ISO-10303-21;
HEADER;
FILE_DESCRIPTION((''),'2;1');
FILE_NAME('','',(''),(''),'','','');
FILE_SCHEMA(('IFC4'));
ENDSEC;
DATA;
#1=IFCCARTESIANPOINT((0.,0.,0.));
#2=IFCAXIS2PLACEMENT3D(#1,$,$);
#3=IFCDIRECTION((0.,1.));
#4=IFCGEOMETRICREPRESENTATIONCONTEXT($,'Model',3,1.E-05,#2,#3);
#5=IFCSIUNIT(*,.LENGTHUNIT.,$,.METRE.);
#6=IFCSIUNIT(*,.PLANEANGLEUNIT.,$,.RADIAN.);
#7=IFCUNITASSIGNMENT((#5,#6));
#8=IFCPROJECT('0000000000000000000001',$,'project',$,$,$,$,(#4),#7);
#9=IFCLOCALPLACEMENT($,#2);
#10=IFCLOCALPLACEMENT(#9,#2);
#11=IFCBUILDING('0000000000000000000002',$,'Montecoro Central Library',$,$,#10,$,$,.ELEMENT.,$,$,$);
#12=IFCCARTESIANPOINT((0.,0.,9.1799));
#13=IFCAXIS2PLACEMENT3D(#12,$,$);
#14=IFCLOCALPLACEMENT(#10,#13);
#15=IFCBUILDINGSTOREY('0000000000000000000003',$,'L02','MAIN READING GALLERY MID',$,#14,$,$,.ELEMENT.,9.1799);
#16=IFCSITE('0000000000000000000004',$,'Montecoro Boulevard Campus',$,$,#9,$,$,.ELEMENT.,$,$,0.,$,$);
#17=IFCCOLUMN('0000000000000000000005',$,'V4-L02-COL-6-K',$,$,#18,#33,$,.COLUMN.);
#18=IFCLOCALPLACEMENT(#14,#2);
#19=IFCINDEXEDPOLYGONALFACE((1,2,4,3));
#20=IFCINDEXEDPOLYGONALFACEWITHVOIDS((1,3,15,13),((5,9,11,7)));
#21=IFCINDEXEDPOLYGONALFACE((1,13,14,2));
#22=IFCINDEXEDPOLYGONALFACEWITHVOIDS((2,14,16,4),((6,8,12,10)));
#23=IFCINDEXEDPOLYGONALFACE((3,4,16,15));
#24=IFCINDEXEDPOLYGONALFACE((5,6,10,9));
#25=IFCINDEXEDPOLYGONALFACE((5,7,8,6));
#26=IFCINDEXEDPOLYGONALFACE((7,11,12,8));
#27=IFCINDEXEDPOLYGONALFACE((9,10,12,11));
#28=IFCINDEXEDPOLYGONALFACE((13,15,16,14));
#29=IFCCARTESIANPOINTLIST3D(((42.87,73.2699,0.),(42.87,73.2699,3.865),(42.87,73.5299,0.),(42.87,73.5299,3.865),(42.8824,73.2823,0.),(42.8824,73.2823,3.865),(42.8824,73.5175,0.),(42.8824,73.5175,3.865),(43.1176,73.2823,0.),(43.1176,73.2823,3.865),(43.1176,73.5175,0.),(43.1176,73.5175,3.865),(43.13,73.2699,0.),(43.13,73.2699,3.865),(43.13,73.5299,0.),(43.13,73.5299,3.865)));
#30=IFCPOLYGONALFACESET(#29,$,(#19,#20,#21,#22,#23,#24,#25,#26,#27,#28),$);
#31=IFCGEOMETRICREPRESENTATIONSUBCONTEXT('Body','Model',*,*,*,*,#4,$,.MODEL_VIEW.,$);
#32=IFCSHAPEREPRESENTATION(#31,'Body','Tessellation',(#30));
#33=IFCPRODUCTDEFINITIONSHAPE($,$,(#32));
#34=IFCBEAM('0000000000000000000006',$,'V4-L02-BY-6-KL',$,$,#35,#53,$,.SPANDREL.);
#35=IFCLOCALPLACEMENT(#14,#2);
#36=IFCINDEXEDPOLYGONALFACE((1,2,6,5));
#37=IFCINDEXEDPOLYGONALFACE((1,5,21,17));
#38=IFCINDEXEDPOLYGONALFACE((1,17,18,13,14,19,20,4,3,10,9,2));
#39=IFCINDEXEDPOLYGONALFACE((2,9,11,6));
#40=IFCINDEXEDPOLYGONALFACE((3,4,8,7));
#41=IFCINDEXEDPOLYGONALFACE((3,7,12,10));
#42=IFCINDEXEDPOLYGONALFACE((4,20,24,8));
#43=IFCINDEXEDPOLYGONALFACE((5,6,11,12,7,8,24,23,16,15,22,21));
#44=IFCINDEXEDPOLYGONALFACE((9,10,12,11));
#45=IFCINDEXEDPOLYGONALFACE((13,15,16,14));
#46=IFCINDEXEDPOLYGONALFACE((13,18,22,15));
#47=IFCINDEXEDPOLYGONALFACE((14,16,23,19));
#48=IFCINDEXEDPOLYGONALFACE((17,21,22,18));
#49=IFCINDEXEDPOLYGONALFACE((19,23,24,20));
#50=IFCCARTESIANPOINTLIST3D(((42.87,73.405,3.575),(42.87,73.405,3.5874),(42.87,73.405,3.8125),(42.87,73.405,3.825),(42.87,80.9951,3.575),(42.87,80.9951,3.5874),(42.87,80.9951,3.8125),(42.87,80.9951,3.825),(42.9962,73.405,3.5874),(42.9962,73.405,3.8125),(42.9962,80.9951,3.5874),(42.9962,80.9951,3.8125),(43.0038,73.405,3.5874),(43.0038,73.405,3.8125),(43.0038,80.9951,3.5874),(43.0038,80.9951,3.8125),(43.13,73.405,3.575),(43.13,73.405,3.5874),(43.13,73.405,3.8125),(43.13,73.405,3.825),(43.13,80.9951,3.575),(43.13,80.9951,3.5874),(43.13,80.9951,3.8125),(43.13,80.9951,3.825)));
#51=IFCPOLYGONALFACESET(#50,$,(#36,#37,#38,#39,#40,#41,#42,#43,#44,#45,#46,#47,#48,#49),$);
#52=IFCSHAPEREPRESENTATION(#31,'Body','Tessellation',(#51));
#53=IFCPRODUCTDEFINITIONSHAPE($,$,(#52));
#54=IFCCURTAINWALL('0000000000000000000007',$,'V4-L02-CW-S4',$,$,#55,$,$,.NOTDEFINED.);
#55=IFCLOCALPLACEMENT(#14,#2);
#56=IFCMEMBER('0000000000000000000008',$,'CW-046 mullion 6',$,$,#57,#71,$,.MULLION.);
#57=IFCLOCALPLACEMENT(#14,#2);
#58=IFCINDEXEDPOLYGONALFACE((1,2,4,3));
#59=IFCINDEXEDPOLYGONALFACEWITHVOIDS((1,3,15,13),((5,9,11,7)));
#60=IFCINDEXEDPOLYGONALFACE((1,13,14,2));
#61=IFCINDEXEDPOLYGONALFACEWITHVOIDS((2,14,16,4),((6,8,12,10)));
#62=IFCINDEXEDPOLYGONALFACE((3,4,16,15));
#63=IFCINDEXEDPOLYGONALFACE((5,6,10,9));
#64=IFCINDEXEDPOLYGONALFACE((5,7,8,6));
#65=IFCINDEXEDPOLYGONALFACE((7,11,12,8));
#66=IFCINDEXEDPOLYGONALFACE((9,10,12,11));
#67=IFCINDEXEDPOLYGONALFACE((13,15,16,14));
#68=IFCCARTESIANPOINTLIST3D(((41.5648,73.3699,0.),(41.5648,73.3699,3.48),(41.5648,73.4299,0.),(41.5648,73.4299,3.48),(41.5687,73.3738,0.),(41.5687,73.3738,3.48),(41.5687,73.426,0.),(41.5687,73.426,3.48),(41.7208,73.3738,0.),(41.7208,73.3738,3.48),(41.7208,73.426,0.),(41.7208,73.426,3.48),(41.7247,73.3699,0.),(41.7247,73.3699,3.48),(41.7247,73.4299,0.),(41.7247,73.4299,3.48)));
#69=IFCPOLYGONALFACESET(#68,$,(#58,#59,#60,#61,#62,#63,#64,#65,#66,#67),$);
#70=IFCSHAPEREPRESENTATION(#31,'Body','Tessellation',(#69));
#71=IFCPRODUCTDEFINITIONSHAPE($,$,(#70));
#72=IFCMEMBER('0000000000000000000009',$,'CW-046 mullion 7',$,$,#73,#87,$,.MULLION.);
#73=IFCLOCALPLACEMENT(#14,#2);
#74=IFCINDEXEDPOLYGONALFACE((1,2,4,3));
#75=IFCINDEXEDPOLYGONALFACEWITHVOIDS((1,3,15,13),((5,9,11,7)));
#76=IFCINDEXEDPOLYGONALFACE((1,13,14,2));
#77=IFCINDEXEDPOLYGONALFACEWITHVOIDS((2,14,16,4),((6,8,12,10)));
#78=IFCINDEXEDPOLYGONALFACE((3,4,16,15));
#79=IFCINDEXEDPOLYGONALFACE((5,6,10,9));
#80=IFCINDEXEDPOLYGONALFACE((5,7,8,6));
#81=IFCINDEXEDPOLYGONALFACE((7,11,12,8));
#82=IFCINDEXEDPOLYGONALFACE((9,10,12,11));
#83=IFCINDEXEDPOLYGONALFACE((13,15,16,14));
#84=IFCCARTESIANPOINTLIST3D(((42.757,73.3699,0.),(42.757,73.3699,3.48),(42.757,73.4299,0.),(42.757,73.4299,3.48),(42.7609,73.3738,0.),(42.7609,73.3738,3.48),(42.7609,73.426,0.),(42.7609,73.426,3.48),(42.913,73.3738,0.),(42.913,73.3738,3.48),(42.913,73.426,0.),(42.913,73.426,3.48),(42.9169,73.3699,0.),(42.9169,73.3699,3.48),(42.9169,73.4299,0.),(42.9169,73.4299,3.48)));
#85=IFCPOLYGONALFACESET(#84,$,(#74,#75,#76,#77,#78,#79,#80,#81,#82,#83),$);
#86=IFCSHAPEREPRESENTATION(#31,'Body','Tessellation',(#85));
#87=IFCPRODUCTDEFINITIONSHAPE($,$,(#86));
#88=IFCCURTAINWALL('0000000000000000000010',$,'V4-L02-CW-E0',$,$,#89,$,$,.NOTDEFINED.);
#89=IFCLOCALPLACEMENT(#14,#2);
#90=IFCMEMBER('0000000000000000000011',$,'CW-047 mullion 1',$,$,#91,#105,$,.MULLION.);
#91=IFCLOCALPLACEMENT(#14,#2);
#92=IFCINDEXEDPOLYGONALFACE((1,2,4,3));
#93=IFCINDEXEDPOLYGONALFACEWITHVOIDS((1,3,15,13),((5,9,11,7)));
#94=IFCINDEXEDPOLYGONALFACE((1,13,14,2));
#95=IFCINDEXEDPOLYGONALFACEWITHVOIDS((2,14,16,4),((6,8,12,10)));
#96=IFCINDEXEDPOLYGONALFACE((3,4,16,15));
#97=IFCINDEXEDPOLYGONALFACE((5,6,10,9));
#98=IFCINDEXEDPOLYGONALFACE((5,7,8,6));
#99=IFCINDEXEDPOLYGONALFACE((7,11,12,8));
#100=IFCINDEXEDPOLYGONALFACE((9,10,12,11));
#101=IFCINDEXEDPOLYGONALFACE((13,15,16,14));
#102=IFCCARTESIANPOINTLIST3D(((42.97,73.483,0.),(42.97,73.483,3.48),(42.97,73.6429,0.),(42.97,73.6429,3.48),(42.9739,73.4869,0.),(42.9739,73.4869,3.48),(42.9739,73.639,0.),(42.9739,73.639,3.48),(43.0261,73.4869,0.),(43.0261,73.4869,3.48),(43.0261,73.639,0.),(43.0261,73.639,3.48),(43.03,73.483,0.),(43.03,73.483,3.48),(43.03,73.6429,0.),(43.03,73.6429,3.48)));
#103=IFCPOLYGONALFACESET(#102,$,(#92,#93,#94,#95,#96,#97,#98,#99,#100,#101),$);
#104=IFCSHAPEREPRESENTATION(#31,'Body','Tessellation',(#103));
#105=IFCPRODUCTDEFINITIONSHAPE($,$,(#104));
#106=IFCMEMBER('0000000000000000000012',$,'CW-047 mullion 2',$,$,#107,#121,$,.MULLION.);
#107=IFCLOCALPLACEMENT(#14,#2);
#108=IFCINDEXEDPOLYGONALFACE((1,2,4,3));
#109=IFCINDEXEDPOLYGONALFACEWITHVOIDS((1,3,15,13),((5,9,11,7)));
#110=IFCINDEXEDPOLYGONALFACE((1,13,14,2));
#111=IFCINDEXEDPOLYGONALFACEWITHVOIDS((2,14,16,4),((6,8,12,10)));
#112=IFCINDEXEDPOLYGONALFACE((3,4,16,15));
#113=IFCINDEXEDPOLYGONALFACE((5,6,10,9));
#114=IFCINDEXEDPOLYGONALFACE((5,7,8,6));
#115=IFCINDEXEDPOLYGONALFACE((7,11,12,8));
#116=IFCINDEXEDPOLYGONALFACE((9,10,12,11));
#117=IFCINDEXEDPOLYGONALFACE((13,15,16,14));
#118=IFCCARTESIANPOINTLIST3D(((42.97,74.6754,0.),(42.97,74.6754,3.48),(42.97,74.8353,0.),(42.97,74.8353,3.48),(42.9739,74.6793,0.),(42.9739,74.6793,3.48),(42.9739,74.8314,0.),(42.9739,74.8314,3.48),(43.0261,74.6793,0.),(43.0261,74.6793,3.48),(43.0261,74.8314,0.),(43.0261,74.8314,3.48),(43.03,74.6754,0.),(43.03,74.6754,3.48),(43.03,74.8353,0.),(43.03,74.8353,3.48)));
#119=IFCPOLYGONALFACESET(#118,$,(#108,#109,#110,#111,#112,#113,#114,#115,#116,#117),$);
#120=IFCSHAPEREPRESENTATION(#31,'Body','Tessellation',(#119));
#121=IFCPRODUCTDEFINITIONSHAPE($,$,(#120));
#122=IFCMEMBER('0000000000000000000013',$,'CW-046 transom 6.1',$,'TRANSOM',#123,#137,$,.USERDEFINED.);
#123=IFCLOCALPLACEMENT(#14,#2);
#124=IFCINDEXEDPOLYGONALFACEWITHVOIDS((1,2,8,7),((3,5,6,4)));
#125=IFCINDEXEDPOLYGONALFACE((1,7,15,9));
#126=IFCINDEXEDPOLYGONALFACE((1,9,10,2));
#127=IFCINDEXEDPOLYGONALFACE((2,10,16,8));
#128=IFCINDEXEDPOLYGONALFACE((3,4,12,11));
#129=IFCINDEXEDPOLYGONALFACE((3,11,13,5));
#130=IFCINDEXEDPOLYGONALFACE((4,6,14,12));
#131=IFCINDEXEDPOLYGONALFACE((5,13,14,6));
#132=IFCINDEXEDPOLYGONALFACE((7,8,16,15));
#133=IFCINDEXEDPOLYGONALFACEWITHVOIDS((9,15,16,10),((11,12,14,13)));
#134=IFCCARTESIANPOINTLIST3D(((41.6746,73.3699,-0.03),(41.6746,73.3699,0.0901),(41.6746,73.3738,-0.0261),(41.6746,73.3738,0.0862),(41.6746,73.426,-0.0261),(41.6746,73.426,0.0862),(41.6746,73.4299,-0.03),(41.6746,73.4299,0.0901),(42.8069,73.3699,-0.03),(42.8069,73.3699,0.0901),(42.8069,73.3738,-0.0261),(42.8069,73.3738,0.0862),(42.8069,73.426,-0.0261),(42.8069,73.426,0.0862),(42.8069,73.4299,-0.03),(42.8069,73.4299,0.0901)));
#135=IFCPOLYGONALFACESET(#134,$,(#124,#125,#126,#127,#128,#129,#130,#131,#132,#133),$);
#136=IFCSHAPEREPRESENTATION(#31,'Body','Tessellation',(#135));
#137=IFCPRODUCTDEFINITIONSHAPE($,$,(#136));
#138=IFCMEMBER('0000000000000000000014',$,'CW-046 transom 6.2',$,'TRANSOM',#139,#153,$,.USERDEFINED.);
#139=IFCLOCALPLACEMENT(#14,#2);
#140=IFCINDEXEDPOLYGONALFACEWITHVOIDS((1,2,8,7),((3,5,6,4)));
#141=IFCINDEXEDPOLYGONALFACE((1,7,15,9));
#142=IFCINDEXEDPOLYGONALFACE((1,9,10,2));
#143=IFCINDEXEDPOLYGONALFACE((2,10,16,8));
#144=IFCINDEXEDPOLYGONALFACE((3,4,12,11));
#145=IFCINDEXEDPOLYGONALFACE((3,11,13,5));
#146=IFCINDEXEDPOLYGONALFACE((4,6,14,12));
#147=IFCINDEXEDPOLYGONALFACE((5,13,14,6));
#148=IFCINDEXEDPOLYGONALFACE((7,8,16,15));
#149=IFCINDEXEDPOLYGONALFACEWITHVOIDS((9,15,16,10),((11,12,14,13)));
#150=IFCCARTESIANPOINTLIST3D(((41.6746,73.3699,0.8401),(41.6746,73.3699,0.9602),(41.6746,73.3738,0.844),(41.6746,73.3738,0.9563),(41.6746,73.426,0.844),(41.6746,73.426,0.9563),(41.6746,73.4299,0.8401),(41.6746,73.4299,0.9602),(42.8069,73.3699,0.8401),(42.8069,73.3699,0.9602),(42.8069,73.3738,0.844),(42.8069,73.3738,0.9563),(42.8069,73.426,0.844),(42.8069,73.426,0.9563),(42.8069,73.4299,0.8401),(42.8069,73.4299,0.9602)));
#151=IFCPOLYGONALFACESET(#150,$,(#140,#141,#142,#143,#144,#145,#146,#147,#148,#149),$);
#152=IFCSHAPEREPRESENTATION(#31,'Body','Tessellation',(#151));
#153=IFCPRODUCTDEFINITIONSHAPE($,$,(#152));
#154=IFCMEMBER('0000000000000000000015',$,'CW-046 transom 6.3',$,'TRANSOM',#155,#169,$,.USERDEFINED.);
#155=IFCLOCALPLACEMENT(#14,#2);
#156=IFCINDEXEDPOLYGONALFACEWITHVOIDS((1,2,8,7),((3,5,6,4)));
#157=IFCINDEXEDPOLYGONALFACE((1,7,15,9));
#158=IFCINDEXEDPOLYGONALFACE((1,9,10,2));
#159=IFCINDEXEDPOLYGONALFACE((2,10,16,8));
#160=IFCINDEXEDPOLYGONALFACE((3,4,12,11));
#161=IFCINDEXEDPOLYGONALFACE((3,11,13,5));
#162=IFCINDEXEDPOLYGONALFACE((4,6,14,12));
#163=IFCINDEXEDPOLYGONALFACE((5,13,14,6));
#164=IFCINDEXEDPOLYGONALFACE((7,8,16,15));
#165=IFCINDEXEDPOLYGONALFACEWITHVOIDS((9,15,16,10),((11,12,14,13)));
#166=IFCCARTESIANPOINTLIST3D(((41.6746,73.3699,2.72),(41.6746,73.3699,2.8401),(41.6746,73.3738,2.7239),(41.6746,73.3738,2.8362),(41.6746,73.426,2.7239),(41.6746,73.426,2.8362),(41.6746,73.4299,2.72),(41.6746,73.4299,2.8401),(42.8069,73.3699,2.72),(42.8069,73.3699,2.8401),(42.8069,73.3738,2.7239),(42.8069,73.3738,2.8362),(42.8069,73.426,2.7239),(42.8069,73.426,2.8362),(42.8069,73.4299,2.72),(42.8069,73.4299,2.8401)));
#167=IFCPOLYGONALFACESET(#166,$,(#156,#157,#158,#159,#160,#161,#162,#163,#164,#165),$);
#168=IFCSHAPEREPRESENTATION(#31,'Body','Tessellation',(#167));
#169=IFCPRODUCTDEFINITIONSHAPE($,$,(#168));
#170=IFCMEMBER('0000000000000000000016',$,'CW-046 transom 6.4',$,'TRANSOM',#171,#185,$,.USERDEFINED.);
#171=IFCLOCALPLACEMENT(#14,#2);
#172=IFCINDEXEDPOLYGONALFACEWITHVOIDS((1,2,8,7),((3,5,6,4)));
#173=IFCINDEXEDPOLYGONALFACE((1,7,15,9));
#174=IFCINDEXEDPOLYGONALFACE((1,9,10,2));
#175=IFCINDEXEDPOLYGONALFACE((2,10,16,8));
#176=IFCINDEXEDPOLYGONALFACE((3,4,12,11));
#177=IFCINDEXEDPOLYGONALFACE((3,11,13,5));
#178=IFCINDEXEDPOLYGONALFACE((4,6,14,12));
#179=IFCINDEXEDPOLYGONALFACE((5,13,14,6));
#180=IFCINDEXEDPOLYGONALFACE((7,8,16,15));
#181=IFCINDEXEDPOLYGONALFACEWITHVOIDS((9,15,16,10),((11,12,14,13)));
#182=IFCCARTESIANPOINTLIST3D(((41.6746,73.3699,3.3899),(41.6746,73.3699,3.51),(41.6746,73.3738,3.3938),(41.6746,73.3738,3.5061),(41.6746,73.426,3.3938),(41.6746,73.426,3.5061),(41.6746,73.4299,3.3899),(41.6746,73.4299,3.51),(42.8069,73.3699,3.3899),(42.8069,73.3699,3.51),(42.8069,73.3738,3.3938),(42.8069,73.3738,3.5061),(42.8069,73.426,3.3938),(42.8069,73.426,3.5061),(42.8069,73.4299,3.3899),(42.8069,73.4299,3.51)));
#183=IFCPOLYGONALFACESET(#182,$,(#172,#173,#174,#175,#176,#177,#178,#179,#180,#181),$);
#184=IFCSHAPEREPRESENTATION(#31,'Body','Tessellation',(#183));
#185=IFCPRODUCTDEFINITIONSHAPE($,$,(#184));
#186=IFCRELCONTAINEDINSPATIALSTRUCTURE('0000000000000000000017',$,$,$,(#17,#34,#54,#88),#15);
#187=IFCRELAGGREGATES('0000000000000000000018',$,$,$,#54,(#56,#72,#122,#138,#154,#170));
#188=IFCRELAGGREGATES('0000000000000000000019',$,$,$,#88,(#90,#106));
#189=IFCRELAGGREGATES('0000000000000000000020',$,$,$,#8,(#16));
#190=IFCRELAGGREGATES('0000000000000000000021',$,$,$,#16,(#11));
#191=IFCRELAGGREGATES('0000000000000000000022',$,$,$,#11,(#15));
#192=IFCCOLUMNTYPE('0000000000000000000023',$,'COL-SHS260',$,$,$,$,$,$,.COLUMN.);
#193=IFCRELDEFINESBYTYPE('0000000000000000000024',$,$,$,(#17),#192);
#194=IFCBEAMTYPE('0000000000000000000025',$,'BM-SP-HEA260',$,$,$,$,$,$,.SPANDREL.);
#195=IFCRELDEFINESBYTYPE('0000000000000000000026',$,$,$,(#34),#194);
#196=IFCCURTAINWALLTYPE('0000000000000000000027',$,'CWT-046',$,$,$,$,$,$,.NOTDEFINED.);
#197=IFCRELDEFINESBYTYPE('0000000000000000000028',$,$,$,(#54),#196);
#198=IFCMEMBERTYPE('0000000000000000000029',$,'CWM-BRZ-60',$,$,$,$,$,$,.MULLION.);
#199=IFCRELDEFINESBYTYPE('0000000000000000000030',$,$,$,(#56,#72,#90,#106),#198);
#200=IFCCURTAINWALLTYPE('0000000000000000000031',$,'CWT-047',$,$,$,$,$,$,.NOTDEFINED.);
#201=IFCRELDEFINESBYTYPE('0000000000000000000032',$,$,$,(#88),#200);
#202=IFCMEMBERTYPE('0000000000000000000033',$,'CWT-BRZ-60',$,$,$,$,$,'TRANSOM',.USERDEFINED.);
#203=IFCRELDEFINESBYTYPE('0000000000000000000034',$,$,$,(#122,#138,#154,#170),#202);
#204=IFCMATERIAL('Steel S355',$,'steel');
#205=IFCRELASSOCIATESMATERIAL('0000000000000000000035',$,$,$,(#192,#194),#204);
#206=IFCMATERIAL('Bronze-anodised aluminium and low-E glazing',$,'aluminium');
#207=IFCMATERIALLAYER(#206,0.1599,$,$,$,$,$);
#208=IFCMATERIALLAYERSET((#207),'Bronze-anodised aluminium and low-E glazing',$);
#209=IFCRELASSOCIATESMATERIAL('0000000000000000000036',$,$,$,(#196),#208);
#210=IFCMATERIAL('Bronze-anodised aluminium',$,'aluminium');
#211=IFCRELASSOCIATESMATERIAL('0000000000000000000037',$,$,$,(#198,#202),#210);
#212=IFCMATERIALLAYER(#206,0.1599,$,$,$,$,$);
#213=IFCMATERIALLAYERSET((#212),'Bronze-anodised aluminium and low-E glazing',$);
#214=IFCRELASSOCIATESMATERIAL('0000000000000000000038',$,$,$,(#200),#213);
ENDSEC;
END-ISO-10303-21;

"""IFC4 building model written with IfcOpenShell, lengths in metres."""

from ifc_helpers import new_model, si_unit, direction, frame, origin, origin_2d, place, context, subcontext, project, spatial, hollow_rectangle, i_section, extrude, material, layer, layer_set, material_profile, profile_set, type_object, element, aggregate, save


model = new_model("IFC4")

# Units and contexts
model_context = context("Model", 3, precision=1e-05, world=origin(), true_north=direction((0.0, 1.0)))
body_context = subcontext(model_context, "Body", "Model", "MODEL_VIEW")
ifc_project = project(units=[si_unit("LENGTHUNIT", "METRE"), si_unit("PLANEANGLEUNIT", "RADIAN")], contexts=[model_context])

# Site, building, storey
site_placement = place(None, origin())
site = spatial("IfcSite", under=ifc_project, at=site_placement, Name="Montecoro Boulevard Campus", CompositionType="ELEMENT", RefElevation=0.0)
building_placement = place(site_placement, origin())
building = spatial("IfcBuilding", under=site, at=building_placement, Name="Montecoro Central Library", CompositionType="ELEMENT")
storey_placement = place(building_placement, frame((0.0, 0.0, 9.1799)))
storey = spatial("IfcBuildingStorey", under=building, at=storey_placement, Name="L02", Description="MAIN READING GALLERY MID", CompositionType="ELEMENT", Elevation=9.1799)

# Column
ifc_material_1 = material(Name="Steel S355", Category="steel")
ifc_material_profile_1 = material_profile(ifc_material_1, hollow_rectangle(XDim=0.26, YDim=0.26, WallThickness=0.0125, at=origin_2d()), Name="SHS 260x260x12.5")
ifc_profile_set_1 = profile_set([ifc_material_profile_1], Name="Steel S355")
column_type = type_object("IfcColumnType", Name="COL-SHS260", PredefinedType="COLUMN", material=ifc_profile_set_1)
column_placement = place(storey_placement, frame((43.0, 73.3999, 0.0), z_axis=(0.0, 0.0, 1.0), x_axis=(1.0, 0.0, 0.0)))
element("IfcColumn", 1, at=column_placement, inside=storey, type_object=column_type, Name="V4-L02-COL-6-K", PredefinedType="COLUMN", context=body_context, shape_type="SweptSolid", body=[
    extrude(hollow_rectangle(XDim=0.26, YDim=0.26, WallThickness=0.0125, at=origin_2d()), origin(), (0.0, 0.0, 1.0), 3.865),
])

# Beam
ifc_material_profile_2 = material_profile(ifc_material_1, i_section(OverallWidth=0.26, OverallDepth=0.25, WebThickness=0.0076, FlangeThickness=0.0125, at=origin_2d()), Name="HEA 260")
ifc_profile_set_2 = profile_set([ifc_material_profile_2], Name="Steel S355")
beam_type = type_object("IfcBeamType", Name="BM-SP-HEA260", PredefinedType="SPANDREL", material=ifc_profile_set_2)
beam_placement = place(storey_placement, frame((43.0, 73.405, 3.7), z_axis=(0.0, 1.0, 0.0), x_axis=(-1.0, 0.0, 0.0)))
element("IfcBeam", 2, at=beam_placement, inside=storey, type_object=beam_type, Name="V4-L02-BY-6-KL", PredefinedType="SPANDREL", context=body_context, shape_type="SweptSolid", body=[
    extrude(i_section(OverallWidth=0.26, OverallDepth=0.25, WebThickness=0.0076, FlangeThickness=0.0125, at=origin_2d()), origin(), (0.0, 0.0, 1.0), 7.5901),
])

# Curtain walls, members
ifc_material_2 = material(Name="Bronze-anodised aluminium and low-E glazing", Category="aluminium")
ifc_layer_1 = layer(ifc_material_2, 0.1599)
ifc_layer_set_1 = layer_set([ifc_layer_1], Name="Bronze-anodised aluminium and low-E glazing")
curtain_wall_type_1 = type_object("IfcCurtainWallType", Name="CWT-046", PredefinedType="NOTDEFINED", material=ifc_layer_set_1)
curtain_wall_1_placement = place(storey_placement, origin())
curtain_wall_1 = element("IfcCurtainWall", 3, at=curtain_wall_1_placement, inside=storey, type_object=curtain_wall_type_1, Name="V4-L02-CW-S4", PredefinedType="NOTDEFINED")
ifc_material_3 = material(Name="Bronze-anodised aluminium", Category="aluminium")
ifc_material_profile_3 = material_profile(ifc_material_3, hollow_rectangle(XDim=0.0601, YDim=0.1599, WallThickness=0.0039, at=origin_2d()), Name="CWM 160x60x4.0")
ifc_profile_set_3 = profile_set([ifc_material_profile_3], Name="Bronze-anodised aluminium")
member_type_1 = type_object("IfcMemberType", Name="CWM-BRZ-60", PredefinedType="MULLION", material=ifc_profile_set_3)
member_1_placement = place(storey_placement, frame((41.6448, 73.3999, 0.0), z_axis=(0.0, 0.0, 1.0), x_axis=(0.0, 1.0, 0.0)))
member_1 = element("IfcMember", 4, at=member_1_placement, type_object=member_type_1, Name="CW-046 mullion 6", PredefinedType="MULLION", context=body_context, shape_type="SweptSolid", body=[
    extrude(hollow_rectangle(XDim=0.0601, YDim=0.1599, WallThickness=0.0039, at=origin_2d()), origin(), (0.0, 0.0, 1.0), 3.48),
])
member_2_placement = place(storey_placement, frame((42.8369, 73.3999, 0.0), z_axis=(0.0, 0.0, 1.0), x_axis=(0.0, 1.0, 0.0)))
member_2 = element("IfcMember", 5, at=member_2_placement, type_object=member_type_1, Name="CW-046 mullion 7", PredefinedType="MULLION", context=body_context, shape_type="SweptSolid", body=[
    extrude(hollow_rectangle(XDim=0.0601, YDim=0.1599, WallThickness=0.0039, at=origin_2d()), origin(), (0.0, 0.0, 1.0), 3.48),
])
ifc_layer_2 = layer(ifc_material_2, 0.1599)
ifc_layer_set_2 = layer_set([ifc_layer_2], Name="Bronze-anodised aluminium and low-E glazing")
curtain_wall_type_2 = type_object("IfcCurtainWallType", Name="CWT-047", PredefinedType="NOTDEFINED", material=ifc_layer_set_2)
curtain_wall_2_placement = place(storey_placement, origin())
curtain_wall_2 = element("IfcCurtainWall", 6, at=curtain_wall_2_placement, inside=storey, type_object=curtain_wall_type_2, Name="V4-L02-CW-E0", PredefinedType="NOTDEFINED")
member_3_placement = place(storey_placement, frame((43.0, 73.563, 0.0), z_axis=(0.0, 0.0, 1.0), x_axis=(-1.0, 0.0, 0.0)))
member_3 = element("IfcMember", 7, at=member_3_placement, type_object=member_type_1, Name="CW-047 mullion 1", PredefinedType="MULLION", context=body_context, shape_type="SweptSolid", body=[
    extrude(hollow_rectangle(XDim=0.0601, YDim=0.1599, WallThickness=0.0039, at=origin_2d()), origin(), (0.0, 0.0, 1.0), 3.48),
])
member_4_placement = place(storey_placement, frame((43.0, 74.7554, 0.0), z_axis=(0.0, 0.0, 1.0), x_axis=(-1.0, 0.0, 0.0)))
member_4 = element("IfcMember", 8, at=member_4_placement, type_object=member_type_1, Name="CW-047 mullion 2", PredefinedType="MULLION", context=body_context, shape_type="SweptSolid", body=[
    extrude(hollow_rectangle(XDim=0.0601, YDim=0.1599, WallThickness=0.0039, at=origin_2d()), origin(), (0.0, 0.0, 1.0), 3.48),
])

# Members
ifc_material_profile_4 = material_profile(ifc_material_3, hollow_rectangle(XDim=0.0601, YDim=0.1201, WallThickness=0.0039, at=origin_2d()), Name="CWT 120x60x4.0")
ifc_profile_set_4 = profile_set([ifc_material_profile_4], Name="Bronze-anodised aluminium")
member_type_2 = type_object("IfcMemberType", Name="CWT-BRZ-60", ElementType="TRANSOM", PredefinedType="USERDEFINED", material=ifc_profile_set_4)
member_5_placement = place(storey_placement, frame((41.6746, 73.3999, 0.03), z_axis=(1.0, 0.0, 0.0), x_axis=(0.0, 1.0, 0.0)))
member_5 = element("IfcMember", 9, at=member_5_placement, type_object=member_type_2, Name="CW-046 transom 6.1", ObjectType="TRANSOM", PredefinedType="USERDEFINED", context=body_context, shape_type="SweptSolid", body=[
    extrude(hollow_rectangle(XDim=0.0601, YDim=0.1201, WallThickness=0.0039, at=origin_2d()), origin(), (0.0, 0.0, 1.0), 1.1323),
])
member_6_placement = place(storey_placement, frame((41.6746, 73.3999, 0.9001), z_axis=(1.0, 0.0, 0.0), x_axis=(0.0, 1.0, 0.0)))
member_6 = element("IfcMember", 10, at=member_6_placement, type_object=member_type_2, Name="CW-046 transom 6.2", ObjectType="TRANSOM", PredefinedType="USERDEFINED", context=body_context, shape_type="SweptSolid", body=[
    extrude(hollow_rectangle(XDim=0.0601, YDim=0.1201, WallThickness=0.0039, at=origin_2d()), origin(), (0.0, 0.0, 1.0), 1.1323),
])
member_7_placement = place(storey_placement, frame((41.6746, 73.3999, 2.78), z_axis=(1.0, 0.0, 0.0), x_axis=(0.0, 1.0, 0.0)))
member_7 = element("IfcMember", 11, at=member_7_placement, type_object=member_type_2, Name="CW-046 transom 6.3", ObjectType="TRANSOM", PredefinedType="USERDEFINED", context=body_context, shape_type="SweptSolid", body=[
    extrude(hollow_rectangle(XDim=0.0601, YDim=0.1201, WallThickness=0.0039, at=origin_2d()), origin(), (0.0, 0.0, 1.0), 1.1323),
])
member_8_placement = place(storey_placement, frame((41.6746, 73.3999, 3.45), z_axis=(1.0, 0.0, 0.0), x_axis=(0.0, 1.0, 0.0)))
member_8 = element("IfcMember", 12, at=member_8_placement, type_object=member_type_2, Name="CW-046 transom 6.4", ObjectType="TRANSOM", PredefinedType="USERDEFINED", context=body_context, shape_type="SweptSolid", body=[
    extrude(hollow_rectangle(XDim=0.0601, YDim=0.1201, WallThickness=0.0039, at=origin_2d()), origin(), (0.0, 0.0, 1.0), 1.1323),
])

aggregate(curtain_wall_1, [member_1, member_2, member_5, member_6, member_7, member_8])
aggregate(curtain_wall_2, [member_3, member_4])

save(model, "model.ifc")
